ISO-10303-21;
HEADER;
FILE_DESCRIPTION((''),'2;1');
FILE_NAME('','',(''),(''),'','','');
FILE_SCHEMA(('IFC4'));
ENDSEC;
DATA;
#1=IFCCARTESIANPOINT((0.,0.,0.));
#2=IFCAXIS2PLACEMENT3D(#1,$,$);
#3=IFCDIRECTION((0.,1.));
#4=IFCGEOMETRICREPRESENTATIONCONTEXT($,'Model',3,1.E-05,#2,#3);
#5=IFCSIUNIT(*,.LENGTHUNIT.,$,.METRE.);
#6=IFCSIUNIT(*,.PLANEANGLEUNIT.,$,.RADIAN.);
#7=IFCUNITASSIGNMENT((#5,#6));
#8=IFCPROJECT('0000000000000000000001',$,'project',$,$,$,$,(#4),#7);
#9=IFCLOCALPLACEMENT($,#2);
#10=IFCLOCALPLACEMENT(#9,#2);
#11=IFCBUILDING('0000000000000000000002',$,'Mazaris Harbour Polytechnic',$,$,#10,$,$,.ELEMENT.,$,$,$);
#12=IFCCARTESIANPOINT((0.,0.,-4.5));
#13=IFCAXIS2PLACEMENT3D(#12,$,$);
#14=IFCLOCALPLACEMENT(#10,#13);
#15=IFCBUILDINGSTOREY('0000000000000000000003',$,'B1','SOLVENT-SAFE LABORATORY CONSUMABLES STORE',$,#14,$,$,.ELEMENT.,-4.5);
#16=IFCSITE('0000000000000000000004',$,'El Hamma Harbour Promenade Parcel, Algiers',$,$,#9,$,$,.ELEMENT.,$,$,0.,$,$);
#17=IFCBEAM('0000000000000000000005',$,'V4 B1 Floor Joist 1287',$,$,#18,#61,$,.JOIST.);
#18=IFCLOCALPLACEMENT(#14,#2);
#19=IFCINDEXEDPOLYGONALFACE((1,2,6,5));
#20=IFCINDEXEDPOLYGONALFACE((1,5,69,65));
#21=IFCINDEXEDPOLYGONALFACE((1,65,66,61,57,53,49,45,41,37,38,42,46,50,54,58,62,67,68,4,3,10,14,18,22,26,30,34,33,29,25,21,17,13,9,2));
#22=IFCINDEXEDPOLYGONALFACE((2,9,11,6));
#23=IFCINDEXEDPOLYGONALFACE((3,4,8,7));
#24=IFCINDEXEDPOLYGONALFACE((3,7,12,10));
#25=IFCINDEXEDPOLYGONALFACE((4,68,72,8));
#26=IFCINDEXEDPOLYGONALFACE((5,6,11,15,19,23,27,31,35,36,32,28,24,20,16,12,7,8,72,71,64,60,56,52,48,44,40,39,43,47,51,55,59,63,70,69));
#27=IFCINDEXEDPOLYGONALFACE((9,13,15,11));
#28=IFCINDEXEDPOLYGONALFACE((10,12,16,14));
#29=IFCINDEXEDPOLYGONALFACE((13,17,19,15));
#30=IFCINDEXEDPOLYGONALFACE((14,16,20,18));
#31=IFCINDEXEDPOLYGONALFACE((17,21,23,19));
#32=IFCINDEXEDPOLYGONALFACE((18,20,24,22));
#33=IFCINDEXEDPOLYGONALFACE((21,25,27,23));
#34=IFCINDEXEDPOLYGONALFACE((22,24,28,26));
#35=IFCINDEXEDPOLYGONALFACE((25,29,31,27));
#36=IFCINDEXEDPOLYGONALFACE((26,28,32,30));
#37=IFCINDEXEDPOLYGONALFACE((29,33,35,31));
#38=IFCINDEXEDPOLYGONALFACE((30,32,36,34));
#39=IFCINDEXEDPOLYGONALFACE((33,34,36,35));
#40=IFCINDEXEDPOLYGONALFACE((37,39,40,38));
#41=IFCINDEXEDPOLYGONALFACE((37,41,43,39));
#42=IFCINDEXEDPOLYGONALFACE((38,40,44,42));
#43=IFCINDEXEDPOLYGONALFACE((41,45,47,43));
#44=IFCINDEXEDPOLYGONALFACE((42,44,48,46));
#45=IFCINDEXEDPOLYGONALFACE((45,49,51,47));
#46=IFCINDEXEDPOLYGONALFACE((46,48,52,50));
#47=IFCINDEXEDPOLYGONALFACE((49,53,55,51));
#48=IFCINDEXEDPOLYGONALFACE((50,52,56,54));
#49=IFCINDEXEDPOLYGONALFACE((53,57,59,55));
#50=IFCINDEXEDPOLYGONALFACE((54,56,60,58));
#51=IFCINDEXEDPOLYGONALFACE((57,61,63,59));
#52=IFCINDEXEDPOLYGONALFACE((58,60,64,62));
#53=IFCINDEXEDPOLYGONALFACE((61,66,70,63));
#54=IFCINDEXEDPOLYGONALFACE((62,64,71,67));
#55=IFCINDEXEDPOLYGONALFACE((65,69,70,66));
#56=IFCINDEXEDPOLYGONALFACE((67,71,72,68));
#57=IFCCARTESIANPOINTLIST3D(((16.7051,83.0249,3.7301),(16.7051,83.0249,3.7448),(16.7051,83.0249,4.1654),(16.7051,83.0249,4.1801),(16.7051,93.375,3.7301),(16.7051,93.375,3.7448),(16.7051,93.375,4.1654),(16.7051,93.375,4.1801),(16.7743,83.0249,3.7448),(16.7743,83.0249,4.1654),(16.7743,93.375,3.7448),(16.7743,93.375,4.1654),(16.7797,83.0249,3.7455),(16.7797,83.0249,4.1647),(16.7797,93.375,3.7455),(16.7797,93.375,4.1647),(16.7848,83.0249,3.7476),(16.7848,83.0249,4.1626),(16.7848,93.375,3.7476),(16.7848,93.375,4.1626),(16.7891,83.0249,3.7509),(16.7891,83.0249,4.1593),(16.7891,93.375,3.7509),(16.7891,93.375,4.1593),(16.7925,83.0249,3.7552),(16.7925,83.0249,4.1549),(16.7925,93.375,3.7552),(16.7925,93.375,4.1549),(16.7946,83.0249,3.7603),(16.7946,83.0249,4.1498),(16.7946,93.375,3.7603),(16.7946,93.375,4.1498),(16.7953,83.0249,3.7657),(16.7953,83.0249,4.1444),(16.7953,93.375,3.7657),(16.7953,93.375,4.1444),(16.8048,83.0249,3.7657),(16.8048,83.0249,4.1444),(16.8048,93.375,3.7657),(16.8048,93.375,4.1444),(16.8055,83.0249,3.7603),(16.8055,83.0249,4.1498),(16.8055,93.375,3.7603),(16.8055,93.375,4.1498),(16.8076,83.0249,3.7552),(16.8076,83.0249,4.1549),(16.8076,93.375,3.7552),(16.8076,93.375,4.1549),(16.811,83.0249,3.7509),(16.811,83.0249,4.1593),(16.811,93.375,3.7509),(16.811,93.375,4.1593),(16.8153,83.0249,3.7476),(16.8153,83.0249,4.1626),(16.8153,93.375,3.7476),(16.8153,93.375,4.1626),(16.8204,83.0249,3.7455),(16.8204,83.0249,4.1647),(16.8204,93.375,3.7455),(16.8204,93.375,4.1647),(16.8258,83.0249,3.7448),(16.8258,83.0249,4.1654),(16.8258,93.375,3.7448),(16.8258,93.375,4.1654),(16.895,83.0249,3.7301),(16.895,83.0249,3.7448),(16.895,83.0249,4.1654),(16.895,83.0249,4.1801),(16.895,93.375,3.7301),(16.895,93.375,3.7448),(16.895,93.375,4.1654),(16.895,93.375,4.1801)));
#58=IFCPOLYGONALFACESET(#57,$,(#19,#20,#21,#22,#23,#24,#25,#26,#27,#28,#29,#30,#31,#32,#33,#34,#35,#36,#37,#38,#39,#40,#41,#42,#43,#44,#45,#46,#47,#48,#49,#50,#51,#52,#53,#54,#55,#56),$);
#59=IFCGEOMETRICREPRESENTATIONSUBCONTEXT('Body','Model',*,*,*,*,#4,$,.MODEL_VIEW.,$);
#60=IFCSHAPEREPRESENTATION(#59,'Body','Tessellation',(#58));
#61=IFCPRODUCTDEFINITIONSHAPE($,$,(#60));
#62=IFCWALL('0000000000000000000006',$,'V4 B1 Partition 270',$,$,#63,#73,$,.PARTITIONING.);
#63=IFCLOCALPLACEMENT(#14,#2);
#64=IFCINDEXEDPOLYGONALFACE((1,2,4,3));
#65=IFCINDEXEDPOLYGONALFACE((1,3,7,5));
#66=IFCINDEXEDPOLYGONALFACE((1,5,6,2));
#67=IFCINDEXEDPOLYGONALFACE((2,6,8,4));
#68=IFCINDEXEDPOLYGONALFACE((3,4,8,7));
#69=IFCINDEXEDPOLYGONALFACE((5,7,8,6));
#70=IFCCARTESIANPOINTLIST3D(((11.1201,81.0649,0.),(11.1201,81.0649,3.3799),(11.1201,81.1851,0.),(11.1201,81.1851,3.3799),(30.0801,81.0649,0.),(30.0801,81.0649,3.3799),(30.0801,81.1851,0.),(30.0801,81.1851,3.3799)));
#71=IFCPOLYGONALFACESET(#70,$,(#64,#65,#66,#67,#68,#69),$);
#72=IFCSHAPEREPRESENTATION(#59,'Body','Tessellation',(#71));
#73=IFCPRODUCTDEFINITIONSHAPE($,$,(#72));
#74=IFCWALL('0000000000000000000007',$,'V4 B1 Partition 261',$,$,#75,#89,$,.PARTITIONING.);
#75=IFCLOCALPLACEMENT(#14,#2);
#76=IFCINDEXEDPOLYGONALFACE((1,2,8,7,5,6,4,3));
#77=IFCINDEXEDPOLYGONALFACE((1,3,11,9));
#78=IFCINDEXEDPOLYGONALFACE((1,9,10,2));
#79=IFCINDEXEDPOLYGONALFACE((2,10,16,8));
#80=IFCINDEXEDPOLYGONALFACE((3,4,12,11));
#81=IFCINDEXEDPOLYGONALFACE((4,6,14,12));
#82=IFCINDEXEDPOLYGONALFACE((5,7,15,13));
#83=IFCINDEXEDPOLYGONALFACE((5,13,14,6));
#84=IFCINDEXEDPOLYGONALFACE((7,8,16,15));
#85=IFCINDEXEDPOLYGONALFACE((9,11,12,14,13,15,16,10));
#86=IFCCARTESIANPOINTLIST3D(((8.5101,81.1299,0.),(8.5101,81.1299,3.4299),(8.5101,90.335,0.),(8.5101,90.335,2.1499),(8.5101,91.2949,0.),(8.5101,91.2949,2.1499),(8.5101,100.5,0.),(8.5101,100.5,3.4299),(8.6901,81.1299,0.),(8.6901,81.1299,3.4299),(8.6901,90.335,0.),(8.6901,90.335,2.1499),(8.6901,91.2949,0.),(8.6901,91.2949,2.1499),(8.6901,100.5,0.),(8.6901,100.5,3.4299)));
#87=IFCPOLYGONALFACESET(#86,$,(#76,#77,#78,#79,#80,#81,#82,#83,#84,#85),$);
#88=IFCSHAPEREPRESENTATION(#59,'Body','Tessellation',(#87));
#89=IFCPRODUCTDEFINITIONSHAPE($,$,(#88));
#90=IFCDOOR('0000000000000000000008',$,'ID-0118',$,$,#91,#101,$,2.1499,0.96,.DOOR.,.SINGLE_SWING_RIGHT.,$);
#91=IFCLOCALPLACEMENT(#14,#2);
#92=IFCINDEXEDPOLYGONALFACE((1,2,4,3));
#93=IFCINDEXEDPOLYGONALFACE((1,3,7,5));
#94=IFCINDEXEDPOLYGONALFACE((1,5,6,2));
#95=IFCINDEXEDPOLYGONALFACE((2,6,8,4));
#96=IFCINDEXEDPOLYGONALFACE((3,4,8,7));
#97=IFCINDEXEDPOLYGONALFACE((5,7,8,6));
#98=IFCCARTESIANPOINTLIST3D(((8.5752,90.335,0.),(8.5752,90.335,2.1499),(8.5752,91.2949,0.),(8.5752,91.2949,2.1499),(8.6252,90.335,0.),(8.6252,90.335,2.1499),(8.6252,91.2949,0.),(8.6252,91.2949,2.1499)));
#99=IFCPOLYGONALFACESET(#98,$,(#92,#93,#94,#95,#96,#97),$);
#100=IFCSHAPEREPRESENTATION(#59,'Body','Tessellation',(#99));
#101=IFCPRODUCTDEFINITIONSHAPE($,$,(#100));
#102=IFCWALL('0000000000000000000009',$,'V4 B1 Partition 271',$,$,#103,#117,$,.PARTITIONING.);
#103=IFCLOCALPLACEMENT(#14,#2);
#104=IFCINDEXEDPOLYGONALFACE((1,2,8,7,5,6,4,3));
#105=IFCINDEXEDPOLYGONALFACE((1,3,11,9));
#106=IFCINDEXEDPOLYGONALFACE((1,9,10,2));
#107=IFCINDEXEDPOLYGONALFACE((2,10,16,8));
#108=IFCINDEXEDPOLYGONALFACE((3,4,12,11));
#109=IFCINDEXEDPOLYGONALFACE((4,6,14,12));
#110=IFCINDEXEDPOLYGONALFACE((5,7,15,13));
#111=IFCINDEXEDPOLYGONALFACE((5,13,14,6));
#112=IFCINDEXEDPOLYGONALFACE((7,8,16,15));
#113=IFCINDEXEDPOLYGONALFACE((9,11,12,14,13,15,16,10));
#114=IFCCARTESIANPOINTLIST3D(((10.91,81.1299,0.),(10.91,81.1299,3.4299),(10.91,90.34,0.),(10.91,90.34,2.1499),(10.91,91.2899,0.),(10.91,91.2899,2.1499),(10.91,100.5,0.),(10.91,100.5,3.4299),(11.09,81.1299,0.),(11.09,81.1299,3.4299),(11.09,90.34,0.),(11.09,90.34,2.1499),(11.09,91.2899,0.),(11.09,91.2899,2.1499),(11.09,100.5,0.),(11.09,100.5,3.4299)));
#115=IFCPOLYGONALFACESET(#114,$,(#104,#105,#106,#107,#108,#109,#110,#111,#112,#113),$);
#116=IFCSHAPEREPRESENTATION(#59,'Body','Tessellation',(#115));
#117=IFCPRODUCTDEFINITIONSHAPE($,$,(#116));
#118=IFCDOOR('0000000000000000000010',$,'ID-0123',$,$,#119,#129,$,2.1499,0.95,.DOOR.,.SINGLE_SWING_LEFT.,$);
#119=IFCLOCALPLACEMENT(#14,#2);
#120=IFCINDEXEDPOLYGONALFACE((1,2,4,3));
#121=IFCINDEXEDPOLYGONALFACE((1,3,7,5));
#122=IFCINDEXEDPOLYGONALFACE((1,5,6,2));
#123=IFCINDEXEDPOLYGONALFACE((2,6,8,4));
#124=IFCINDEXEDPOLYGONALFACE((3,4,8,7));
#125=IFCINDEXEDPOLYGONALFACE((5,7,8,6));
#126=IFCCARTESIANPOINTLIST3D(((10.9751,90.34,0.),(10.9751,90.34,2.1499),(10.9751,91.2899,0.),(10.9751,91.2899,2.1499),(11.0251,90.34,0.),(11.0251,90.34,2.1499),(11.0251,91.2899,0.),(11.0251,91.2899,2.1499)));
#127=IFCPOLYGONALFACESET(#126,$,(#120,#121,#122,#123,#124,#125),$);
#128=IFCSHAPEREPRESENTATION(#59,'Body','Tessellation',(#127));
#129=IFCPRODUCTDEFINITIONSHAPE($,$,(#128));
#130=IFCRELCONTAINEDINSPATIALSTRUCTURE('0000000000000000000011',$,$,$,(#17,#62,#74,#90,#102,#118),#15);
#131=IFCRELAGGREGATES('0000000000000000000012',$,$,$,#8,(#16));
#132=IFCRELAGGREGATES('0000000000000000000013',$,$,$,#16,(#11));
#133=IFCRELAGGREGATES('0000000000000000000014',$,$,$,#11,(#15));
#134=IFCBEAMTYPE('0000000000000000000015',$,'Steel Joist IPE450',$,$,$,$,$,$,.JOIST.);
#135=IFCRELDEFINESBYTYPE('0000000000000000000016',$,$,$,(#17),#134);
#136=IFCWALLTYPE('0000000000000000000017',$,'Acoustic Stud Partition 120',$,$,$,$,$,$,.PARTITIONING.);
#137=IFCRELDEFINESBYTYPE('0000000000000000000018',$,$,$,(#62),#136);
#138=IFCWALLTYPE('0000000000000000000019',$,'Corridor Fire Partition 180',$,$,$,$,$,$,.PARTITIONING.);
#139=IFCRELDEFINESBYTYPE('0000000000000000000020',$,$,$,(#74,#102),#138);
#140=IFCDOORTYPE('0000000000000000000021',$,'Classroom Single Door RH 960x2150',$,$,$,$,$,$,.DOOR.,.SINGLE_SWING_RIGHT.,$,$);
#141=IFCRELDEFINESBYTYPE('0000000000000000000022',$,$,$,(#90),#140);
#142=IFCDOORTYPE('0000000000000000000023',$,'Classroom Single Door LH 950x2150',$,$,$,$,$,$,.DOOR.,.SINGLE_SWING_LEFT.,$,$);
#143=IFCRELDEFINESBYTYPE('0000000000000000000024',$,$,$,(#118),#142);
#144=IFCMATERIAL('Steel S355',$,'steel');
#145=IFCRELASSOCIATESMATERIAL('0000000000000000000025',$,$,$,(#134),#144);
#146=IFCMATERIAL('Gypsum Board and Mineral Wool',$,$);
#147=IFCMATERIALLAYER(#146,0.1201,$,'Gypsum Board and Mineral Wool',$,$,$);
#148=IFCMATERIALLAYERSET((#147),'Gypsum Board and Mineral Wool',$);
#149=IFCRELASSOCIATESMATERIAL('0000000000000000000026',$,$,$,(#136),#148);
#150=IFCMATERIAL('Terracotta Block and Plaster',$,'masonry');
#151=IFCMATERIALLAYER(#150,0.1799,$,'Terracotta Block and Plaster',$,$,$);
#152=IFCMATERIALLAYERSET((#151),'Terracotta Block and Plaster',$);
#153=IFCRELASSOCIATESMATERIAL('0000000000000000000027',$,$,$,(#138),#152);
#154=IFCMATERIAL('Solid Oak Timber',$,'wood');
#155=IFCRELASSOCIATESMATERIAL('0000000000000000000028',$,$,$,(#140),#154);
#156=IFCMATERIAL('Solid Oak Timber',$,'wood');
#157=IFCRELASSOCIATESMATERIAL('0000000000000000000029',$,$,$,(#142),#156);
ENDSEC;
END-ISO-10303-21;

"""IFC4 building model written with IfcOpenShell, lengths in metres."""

from ifc_helpers import new_model, si_unit, direction, frame, frame_2d, origin, origin_2d, place, context, subcontext, project, spatial, rectangle, i_section, extrude, material, layer, layer_set, material_profile, profile_set, type_object, element, fill, save


model = new_model("IFC4")

# Units and contexts
model_context = context("Model", 3, precision=1e-05, world=origin(), true_north=direction((0.0, 1.0)))
body_context = subcontext(model_context, "Body", "Model", "MODEL_VIEW")
ifc_project = project(units=[si_unit("LENGTHUNIT", "METRE"), si_unit("PLANEANGLEUNIT", "RADIAN")], contexts=[model_context])

# Site, building, storey
site_placement = place(None, origin())
site = spatial("IfcSite", under=ifc_project, at=site_placement, Name="El Hamma Harbour Promenade Parcel, Algiers", CompositionType="ELEMENT", RefElevation=0.0)
building_placement = place(site_placement, origin())
building = spatial("IfcBuilding", under=site, at=building_placement, Name="Mazaris Harbour Polytechnic", CompositionType="ELEMENT")
storey_placement = place(building_placement, frame((0.0, 0.0, -4.5)))
storey = spatial("IfcBuildingStorey", under=building, at=storey_placement, Name="B1", Description="SOLVENT-SAFE LABORATORY CONSUMABLES STORE", CompositionType="ELEMENT", Elevation=-4.5)

# Beam
ifc_material_1 = material(Name="Steel S355", Category="steel")
ifc_material_profile_1 = material_profile(ifc_material_1, i_section(OverallWidth=0.1899, OverallDepth=0.45, WebThickness=0.0095, FlangeThickness=0.0146, FilletRadius=0.021, at=origin_2d()), Name="IPE 450")
ifc_profile_set_1 = profile_set([ifc_material_profile_1], Name="Steel S355")
beam_type_1 = type_object("IfcBeamType", Name="Steel Joist IPE450", PredefinedType="JOIST", material=ifc_profile_set_1)
beam_1_placement = place(storey_placement, frame((16.8, 83.0249, 3.9551), z_axis=(0.0, 1.0, 0.0), x_axis=(-1.0, 0.0, 0.0)))
element("IfcBeam", 1, at=beam_1_placement, inside=storey, type_object=beam_type_1, Name="V4 B1 Floor Joist 1287", PredefinedType="JOIST", context=body_context, shape_type="SweptSolid", body=[
    extrude(i_section(OverallWidth=0.1899, OverallDepth=0.45, WebThickness=0.0095, FlangeThickness=0.0146, FilletRadius=0.021, at=origin_2d()), origin(), (0.0, 0.0, 1.0), 10.3501),
])

# Wall
ifc_material_2 = material(Name="Gypsum Board and Mineral Wool")
ifc_layer_1 = layer(ifc_material_2, 0.1201, Name="Gypsum Board and Mineral Wool")
ifc_layer_set_1 = layer_set([ifc_layer_1], Name="Gypsum Board and Mineral Wool")
wall_type_1 = type_object("IfcWallType", Name="Acoustic Stud Partition 120", PredefinedType="PARTITIONING", material=ifc_layer_set_1)
wall_1_placement = place(storey_placement, frame((11.1201, 81.125, 0.0), z_axis=(0.0, 0.0, 1.0), x_axis=(1.0, 0.0, 0.0)))
element("IfcWall", 2, at=wall_1_placement, inside=storey, type_object=wall_type_1, Name="V4 B1 Partition 270", PredefinedType="PARTITIONING", context=body_context, shape_type="SweptSolid", body=[
    extrude(rectangle(XDim=18.96, YDim=0.1201, at=frame_2d((9.48, 0.0))), origin(), (0.0, 0.0, 1.0), 3.3799),
])

# Walls, openings, doors
ifc_material_3 = material(Name="Terracotta Block and Plaster", Category="masonry")
ifc_layer_2 = layer(ifc_material_3, 0.1799, Name="Terracotta Block and Plaster")
ifc_layer_set_2 = layer_set([ifc_layer_2], Name="Terracotta Block and Plaster")
wall_type_2 = type_object("IfcWallType", Name="Corridor Fire Partition 180", PredefinedType="PARTITIONING", material=ifc_layer_set_2)
wall_2_placement = place(storey_placement, frame((8.6001, 81.1299, 0.0), z_axis=(0.0, 0.0, 1.0), x_axis=(0.0, 1.0, 0.0)))
wall_2 = element("IfcWall", 3, at=wall_2_placement, inside=storey, type_object=wall_type_2, Name="V4 B1 Partition 261", PredefinedType="PARTITIONING", context=body_context, shape_type="SweptSolid", body=[
    extrude(rectangle(XDim=19.3701, YDim=0.1799, at=frame_2d((9.6851, 0.0))), origin(), (0.0, 0.0, 1.0), 3.4299),
])
opening_1_placement = place(wall_2_placement, frame((9.2051, 0.0, 0.0)))
opening_1 = element("IfcOpeningElement", 4, at=opening_1_placement, cuts=wall_2, PredefinedType="OPENING", context=body_context, shape_type="SweptSolid", body=[
    extrude(rectangle(XDim=0.96, YDim=2.1499, at=frame_2d((0.48, 1.075))), frame((0.0, 0.0999, 0.0), z_axis=(0.0, -1.0, 0.0), x_axis=(1.0, 0.0, 0.0)), (0.0, 0.0, 1.0), 0.2),
])
ifc_material_4 = material(Name="Solid Oak Timber", Category="wood")
door_type_1 = type_object("IfcDoorType", Name="Classroom Single Door RH 960x2150", OperationType="SINGLE_SWING_RIGHT", PredefinedType="DOOR", material=ifc_material_4)
door_1_placement = place(opening_1_placement, origin())
door_1 = element("IfcDoor", 5, at=door_1_placement, inside=storey, type_object=door_type_1, Name="ID-0118", OperationType="SINGLE_SWING_RIGHT", OverallHeight=2.1499, OverallWidth=0.96, PredefinedType="DOOR", context=body_context, shape_type="SweptSolid", body=[
    extrude(rectangle(XDim=0.96, YDim=2.1499, at=frame_2d((0.48, 1.075))), frame((0.0, 0.0249, 0.0), z_axis=(0.0, -1.0, 0.0), x_axis=(1.0, 0.0, 0.0)), (0.0, 0.0, 1.0), 0.05),
])
fill(opening_1, door_1)
wall_3_placement = place(storey_placement, frame((11.0, 81.1299, 0.0), z_axis=(0.0, 0.0, 1.0), x_axis=(0.0, 1.0, 0.0)))
wall_3 = element("IfcWall", 6, at=wall_3_placement, inside=storey, type_object=wall_type_2, Name="V4 B1 Partition 271", PredefinedType="PARTITIONING", context=body_context, shape_type="SweptSolid", body=[
    extrude(rectangle(XDim=19.3701, YDim=0.1799, at=frame_2d((9.6851, 0.0))), origin(), (0.0, 0.0, 1.0), 3.4299),
])
opening_2_placement = place(wall_3_placement, frame((9.21, 0.0, 0.0)))
opening_2 = element("IfcOpeningElement", 7, at=opening_2_placement, cuts=wall_3, PredefinedType="OPENING", context=body_context, shape_type="SweptSolid", body=[
    extrude(rectangle(XDim=0.95, YDim=2.1499, at=frame_2d((0.4751, 1.075))), frame((0.0, 0.0999, 0.0), z_axis=(0.0, -1.0, 0.0), x_axis=(1.0, 0.0, 0.0)), (0.0, 0.0, 1.0), 0.2),
])
ifc_material_5 = material(Name="Solid Oak Timber", Category="wood")
door_type_2 = type_object("IfcDoorType", Name="Classroom Single Door LH 950x2150", OperationType="SINGLE_SWING_LEFT", PredefinedType="DOOR", material=ifc_material_5)
door_2_placement = place(opening_2_placement, origin())
door_2 = element("IfcDoor", 8, at=door_2_placement, inside=storey, type_object=door_type_2, Name="ID-0123", OperationType="SINGLE_SWING_LEFT", OverallHeight=2.1499, OverallWidth=0.95, PredefinedType="DOOR", context=body_context, shape_type="SweptSolid", body=[
    extrude(rectangle(XDim=0.95, YDim=2.1499, at=frame_2d((0.4751, 1.075))), frame((0.0, 0.0249, 0.0), z_axis=(0.0, -1.0, 0.0), x_axis=(1.0, 0.0, 0.0)), (0.0, 0.0, 1.0), 0.05),
])
fill(opening_2, door_2)

save(model, "model.ifc")
